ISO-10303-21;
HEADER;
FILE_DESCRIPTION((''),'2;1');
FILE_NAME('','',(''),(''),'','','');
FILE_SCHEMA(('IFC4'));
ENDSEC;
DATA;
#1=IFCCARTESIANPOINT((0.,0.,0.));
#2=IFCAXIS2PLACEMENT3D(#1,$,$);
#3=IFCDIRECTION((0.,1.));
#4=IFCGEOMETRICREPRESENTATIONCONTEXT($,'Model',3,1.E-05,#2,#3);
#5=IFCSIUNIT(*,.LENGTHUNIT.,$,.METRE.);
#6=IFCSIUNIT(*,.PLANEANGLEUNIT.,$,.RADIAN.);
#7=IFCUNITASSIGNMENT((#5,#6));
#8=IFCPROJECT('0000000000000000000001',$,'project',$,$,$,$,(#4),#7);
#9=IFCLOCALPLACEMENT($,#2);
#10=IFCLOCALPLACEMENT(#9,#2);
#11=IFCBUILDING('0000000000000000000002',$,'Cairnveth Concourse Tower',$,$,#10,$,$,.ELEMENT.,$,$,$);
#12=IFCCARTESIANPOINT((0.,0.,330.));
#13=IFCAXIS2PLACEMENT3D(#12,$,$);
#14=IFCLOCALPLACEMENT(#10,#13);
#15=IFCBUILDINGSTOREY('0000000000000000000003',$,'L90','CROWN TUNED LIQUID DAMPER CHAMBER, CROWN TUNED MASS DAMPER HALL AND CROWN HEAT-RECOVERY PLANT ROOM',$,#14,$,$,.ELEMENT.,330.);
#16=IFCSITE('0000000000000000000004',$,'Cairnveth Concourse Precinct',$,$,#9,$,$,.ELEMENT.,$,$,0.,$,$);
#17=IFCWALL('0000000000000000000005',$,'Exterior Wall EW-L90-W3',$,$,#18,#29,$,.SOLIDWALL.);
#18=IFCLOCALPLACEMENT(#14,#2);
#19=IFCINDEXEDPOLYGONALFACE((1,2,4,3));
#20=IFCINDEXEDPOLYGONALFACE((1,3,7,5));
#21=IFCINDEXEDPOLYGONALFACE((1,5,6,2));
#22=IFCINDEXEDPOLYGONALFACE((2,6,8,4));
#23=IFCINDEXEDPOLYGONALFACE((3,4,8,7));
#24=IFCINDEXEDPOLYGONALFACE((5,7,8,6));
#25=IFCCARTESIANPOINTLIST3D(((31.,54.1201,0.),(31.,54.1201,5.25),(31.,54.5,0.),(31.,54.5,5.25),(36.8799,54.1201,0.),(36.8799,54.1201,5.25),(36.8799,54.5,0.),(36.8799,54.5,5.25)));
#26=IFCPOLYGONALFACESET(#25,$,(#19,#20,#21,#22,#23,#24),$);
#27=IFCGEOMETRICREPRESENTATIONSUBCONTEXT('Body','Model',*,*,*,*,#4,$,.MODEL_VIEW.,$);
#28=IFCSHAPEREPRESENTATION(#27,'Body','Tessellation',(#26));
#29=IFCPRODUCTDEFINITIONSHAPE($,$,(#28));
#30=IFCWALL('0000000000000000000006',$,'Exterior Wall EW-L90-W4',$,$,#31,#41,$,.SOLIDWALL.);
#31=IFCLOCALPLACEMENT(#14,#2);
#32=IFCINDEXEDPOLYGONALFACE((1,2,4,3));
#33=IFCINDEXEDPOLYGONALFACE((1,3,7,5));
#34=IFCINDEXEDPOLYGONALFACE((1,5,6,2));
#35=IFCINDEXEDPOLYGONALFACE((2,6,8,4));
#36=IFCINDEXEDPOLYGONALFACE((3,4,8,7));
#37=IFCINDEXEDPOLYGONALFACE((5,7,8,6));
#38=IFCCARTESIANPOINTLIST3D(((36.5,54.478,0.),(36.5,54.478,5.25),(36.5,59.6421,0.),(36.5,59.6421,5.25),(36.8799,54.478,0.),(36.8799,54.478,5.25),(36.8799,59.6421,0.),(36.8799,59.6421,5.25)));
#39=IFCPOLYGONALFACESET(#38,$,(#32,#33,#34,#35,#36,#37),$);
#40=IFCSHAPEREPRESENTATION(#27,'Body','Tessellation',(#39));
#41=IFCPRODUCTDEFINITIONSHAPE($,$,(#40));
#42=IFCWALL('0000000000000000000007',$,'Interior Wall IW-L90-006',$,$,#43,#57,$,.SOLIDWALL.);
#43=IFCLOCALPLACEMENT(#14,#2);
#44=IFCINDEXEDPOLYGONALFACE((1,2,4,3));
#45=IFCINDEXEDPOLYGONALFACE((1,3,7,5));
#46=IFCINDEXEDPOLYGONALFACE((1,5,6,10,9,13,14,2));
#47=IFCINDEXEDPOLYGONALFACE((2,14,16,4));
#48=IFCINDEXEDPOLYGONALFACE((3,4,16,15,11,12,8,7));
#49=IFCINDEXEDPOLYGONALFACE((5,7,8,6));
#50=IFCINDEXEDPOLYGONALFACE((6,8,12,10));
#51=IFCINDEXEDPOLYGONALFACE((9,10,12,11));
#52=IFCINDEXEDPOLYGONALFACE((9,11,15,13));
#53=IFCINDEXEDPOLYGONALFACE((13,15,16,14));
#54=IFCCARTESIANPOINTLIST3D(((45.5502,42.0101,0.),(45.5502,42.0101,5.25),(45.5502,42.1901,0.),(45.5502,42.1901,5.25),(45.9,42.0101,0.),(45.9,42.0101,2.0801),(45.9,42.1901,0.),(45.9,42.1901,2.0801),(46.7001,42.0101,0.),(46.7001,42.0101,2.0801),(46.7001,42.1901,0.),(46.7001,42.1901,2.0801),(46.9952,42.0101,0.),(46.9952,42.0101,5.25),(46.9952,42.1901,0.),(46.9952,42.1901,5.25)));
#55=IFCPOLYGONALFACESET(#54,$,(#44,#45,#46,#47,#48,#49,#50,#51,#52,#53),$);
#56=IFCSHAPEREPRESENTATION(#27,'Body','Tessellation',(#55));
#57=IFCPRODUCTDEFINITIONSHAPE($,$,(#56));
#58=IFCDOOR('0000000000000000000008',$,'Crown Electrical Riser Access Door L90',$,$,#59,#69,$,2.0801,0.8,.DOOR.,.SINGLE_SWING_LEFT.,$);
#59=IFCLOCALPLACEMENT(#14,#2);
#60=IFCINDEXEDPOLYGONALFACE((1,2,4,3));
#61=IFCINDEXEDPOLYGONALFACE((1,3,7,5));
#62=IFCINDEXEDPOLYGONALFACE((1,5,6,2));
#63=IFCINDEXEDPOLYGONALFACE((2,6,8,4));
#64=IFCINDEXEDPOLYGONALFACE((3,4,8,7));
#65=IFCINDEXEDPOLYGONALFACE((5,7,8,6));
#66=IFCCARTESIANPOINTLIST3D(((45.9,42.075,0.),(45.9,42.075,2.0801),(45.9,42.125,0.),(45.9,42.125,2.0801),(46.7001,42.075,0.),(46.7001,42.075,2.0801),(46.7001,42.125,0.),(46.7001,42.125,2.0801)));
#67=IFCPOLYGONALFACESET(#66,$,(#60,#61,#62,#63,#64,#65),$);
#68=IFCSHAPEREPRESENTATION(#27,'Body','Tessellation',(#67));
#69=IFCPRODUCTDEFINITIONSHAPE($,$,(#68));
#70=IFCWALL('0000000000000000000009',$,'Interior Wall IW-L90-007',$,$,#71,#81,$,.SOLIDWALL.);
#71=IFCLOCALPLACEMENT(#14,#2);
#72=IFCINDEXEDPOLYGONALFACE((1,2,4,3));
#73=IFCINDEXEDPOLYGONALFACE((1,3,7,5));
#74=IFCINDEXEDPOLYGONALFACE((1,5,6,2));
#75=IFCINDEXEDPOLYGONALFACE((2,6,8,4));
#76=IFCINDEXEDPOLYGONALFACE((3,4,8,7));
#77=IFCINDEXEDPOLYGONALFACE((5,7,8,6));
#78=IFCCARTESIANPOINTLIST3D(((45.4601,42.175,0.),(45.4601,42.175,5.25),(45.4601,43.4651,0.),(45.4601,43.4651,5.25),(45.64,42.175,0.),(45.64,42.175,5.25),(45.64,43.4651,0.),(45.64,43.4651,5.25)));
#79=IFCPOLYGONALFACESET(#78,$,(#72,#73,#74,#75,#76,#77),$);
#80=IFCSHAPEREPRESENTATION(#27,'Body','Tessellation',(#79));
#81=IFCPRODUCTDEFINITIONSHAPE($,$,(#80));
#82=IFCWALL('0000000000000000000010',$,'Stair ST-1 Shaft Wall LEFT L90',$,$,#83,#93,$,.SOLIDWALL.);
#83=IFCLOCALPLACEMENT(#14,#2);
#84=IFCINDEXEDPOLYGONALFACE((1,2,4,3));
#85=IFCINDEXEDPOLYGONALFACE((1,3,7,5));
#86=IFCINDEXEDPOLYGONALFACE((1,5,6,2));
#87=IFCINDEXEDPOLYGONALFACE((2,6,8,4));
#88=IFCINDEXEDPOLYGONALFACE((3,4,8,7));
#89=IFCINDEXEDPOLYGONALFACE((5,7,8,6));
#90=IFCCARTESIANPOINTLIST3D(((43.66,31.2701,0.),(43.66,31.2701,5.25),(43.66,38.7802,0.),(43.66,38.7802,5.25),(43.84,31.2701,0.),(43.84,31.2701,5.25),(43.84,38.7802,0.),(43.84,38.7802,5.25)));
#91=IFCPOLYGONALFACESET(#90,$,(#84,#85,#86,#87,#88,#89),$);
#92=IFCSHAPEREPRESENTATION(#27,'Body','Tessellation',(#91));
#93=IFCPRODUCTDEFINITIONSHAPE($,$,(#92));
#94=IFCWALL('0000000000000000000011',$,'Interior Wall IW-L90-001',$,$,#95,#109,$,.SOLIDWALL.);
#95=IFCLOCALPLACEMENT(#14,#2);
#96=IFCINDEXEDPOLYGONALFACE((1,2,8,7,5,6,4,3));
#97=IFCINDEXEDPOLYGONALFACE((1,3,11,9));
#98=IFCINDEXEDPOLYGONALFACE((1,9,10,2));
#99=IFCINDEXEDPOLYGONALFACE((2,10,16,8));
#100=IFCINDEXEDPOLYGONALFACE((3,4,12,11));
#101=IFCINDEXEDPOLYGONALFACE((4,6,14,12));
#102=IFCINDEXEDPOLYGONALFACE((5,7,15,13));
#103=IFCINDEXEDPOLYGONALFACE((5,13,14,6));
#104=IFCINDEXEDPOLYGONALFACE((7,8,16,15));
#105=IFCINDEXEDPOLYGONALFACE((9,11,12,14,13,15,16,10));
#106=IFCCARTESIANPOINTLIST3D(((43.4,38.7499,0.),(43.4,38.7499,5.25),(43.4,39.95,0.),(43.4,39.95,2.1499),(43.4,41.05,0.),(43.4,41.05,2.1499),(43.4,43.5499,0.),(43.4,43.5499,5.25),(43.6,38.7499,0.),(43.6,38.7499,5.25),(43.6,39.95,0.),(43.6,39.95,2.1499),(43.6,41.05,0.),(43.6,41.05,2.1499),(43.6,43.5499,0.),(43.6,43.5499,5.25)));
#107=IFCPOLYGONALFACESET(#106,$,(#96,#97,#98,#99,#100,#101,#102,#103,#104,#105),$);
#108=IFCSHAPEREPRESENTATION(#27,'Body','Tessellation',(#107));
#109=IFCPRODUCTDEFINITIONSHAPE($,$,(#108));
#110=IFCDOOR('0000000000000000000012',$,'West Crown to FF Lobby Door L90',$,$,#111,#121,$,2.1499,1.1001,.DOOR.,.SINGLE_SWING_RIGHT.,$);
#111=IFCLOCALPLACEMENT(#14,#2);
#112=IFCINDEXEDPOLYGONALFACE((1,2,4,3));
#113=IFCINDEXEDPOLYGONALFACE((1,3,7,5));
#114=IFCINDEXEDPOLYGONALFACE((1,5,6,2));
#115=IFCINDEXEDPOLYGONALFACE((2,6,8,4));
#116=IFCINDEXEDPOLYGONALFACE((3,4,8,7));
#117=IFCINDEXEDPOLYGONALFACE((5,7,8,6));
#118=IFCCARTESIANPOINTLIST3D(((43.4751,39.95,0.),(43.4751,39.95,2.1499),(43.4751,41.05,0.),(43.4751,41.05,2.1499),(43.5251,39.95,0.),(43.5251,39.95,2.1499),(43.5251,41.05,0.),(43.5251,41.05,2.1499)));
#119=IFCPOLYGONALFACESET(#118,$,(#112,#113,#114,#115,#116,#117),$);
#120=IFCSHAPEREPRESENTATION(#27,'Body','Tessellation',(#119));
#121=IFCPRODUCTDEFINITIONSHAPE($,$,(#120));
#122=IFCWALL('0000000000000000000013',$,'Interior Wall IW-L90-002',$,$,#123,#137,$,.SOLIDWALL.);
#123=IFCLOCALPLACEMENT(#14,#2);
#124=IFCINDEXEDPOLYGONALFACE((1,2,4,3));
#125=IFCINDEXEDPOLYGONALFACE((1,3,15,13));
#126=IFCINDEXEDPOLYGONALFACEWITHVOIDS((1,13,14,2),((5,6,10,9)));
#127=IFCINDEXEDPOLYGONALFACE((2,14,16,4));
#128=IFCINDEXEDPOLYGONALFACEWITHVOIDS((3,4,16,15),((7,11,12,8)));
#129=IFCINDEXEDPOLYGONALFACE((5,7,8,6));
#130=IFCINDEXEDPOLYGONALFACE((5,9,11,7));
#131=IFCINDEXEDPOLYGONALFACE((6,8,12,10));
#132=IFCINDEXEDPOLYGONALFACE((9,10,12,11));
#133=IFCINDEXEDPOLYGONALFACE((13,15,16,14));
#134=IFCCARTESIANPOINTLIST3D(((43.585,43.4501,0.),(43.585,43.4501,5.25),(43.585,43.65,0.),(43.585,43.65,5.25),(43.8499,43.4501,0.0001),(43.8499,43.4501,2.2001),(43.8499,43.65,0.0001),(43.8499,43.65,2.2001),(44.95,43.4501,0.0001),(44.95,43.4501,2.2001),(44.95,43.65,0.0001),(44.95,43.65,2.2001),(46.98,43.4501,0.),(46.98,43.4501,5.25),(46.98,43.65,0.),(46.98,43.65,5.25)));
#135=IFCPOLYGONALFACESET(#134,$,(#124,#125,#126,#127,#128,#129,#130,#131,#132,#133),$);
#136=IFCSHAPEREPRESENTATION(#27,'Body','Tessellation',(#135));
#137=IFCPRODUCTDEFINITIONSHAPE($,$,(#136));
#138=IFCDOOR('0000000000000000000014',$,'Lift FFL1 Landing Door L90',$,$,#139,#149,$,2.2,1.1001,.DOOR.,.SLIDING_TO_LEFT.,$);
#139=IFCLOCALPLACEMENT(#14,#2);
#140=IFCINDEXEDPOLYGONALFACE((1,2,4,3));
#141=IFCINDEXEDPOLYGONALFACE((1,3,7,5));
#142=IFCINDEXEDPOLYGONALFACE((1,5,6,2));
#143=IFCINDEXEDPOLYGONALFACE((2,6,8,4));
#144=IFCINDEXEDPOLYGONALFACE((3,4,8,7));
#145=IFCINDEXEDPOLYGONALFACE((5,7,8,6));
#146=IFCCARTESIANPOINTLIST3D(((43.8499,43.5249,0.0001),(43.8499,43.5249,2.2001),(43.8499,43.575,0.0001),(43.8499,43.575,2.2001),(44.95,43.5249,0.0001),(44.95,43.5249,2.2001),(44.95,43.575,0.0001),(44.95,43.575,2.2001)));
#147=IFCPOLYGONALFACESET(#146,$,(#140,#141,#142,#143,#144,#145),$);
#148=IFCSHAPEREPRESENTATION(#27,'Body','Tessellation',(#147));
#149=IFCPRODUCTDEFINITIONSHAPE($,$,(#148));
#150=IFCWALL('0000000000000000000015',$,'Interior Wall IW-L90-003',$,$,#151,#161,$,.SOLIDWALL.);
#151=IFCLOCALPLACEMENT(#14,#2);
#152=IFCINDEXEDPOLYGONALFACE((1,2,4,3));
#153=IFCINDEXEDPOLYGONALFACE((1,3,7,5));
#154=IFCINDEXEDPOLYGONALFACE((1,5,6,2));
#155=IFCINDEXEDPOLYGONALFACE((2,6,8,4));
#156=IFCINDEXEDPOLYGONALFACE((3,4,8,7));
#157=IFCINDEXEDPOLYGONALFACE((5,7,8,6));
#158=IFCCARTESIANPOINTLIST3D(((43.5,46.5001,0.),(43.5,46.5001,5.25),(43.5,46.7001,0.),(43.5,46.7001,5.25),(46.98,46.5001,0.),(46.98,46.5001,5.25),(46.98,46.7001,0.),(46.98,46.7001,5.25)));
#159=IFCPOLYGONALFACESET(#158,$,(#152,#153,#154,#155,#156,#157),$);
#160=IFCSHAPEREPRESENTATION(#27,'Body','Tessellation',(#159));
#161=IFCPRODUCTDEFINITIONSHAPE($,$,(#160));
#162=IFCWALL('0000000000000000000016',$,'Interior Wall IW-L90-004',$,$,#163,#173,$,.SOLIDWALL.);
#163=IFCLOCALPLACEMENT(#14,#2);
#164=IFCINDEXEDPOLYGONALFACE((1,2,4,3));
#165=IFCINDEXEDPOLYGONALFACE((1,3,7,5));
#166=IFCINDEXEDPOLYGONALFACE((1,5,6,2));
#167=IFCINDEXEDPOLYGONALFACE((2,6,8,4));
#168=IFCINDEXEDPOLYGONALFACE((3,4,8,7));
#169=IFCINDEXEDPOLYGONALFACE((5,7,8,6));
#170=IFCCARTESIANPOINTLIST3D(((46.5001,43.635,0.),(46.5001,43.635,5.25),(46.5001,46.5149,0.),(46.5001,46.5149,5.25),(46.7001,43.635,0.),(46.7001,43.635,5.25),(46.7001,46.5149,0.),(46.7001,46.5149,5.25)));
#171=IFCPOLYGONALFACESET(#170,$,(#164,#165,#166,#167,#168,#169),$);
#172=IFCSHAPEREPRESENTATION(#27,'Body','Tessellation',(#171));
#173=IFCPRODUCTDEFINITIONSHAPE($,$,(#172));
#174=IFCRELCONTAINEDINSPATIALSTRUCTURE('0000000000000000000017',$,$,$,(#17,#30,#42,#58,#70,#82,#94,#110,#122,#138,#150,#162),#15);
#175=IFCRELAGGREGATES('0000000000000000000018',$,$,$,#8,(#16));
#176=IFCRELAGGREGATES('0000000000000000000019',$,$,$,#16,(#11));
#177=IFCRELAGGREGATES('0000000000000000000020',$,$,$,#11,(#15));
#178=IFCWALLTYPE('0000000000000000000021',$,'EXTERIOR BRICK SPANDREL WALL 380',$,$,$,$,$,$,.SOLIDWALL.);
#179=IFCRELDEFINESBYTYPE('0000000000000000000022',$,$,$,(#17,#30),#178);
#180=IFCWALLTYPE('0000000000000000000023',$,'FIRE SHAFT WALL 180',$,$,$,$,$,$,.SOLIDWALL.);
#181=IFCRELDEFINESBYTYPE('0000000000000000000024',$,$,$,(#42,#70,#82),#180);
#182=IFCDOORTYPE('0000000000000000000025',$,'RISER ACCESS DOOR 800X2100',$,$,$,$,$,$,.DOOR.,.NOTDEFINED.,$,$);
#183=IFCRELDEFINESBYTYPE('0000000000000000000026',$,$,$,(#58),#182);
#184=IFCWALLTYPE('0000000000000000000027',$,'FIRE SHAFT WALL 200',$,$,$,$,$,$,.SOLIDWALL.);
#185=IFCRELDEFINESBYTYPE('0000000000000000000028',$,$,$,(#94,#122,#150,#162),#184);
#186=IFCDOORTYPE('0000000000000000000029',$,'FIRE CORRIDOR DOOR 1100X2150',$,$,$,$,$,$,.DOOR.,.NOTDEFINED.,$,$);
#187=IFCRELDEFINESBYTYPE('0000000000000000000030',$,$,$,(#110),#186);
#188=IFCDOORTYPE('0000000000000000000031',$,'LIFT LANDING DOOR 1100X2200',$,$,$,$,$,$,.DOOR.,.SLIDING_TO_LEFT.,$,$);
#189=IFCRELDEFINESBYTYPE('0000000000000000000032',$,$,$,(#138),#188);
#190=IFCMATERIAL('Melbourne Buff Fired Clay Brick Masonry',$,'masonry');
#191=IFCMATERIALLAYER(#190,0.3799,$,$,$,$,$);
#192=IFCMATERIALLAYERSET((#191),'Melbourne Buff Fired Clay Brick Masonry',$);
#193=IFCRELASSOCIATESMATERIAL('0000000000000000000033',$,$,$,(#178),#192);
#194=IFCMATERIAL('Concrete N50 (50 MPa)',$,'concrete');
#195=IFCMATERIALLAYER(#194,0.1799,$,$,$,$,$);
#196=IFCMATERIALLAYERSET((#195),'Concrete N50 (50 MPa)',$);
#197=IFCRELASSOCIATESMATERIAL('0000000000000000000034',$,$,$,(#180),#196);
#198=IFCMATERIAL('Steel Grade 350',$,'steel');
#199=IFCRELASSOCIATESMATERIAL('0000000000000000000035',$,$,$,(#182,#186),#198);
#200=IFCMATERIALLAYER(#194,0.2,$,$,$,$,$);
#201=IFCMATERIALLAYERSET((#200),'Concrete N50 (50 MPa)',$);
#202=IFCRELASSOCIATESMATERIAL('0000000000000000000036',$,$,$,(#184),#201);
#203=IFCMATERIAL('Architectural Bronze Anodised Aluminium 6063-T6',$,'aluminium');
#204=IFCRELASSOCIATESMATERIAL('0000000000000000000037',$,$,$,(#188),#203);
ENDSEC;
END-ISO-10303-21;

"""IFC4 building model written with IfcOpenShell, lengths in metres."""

from ifc_helpers import new_model, si_unit, direction, frame, frame_2d, origin, place, context, subcontext, project, spatial, rectangle, extrude, material, layer, layer_set, type_object, element, fill, save


model = new_model("IFC4")

# Units and contexts
model_context = context("Model", 3, precision=1e-05, world=origin(), true_north=direction((0.0, 1.0)))
body_context = subcontext(model_context, "Body", "Model", "MODEL_VIEW")
ifc_project = project(units=[si_unit("LENGTHUNIT", "METRE"), si_unit("PLANEANGLEUNIT", "RADIAN")], contexts=[model_context])

# Site, building, storey
site_placement = place(None, origin())
site = spatial("IfcSite", under=ifc_project, at=site_placement, Name="Cairnveth Concourse Precinct", CompositionType="ELEMENT", RefElevation=0.0)
building_placement = place(site_placement, origin())
building = spatial("IfcBuilding", under=site, at=building_placement, Name="Cairnveth Concourse Tower", CompositionType="ELEMENT")
storey_placement = place(building_placement, frame((0.0, 0.0, 330.0)))
storey = spatial("IfcBuildingStorey", under=building, at=storey_placement, Name="L90", Description="CROWN TUNED LIQUID DAMPER CHAMBER, CROWN TUNED MASS DAMPER HALL AND CROWN HEAT-RECOVERY PLANT ROOM", CompositionType="ELEMENT", Elevation=330.0)

# Shared definitions
ifc_material_1 = material(Name="Steel Grade 350", Category="steel")

# Walls
ifc_material_2 = material(Name="Melbourne Buff Fired Clay Brick Masonry", Category="masonry")
ifc_layer_1 = layer(ifc_material_2, 0.3799)
ifc_layer_set_1 = layer_set([ifc_layer_1], Name="Melbourne Buff Fired Clay Brick Masonry")
wall_type_1 = type_object("IfcWallType", Name="EXTERIOR BRICK SPANDREL WALL 380", PredefinedType="SOLIDWALL", material=ifc_layer_set_1)
wall_1_placement = place(storey_placement, frame((31.0, 54.3101, 0.0), z_axis=(0.0, 0.0, 1.0), x_axis=(1.0, 0.0, 0.0)))
element("IfcWall", 1, at=wall_1_placement, inside=storey, type_object=wall_type_1, Name="Exterior Wall EW-L90-W3", PredefinedType="SOLIDWALL", context=body_context, shape_type="SweptSolid", body=[
    extrude(rectangle(XDim=5.8799, YDim=0.3799, at=frame_2d((2.9399, 0.0))), origin(), (0.0, 0.0, 1.0), 5.25),
])
wall_2_placement = place(storey_placement, frame((36.6899, 54.478, 0.0), z_axis=(0.0, 0.0, 1.0), x_axis=(0.0, 1.0, 0.0)))
element("IfcWall", 2, at=wall_2_placement, inside=storey, type_object=wall_type_1, Name="Exterior Wall EW-L90-W4", PredefinedType="SOLIDWALL", context=body_context, shape_type="SweptSolid", body=[
    extrude(rectangle(XDim=5.1641, YDim=0.3799, at=frame_2d((2.582, 0.0))), origin(), (0.0, 0.0, 1.0), 5.25),
])

# Wall, opening, door
ifc_material_3 = material(Name="Concrete N50 (50 MPa)", Category="concrete")
ifc_layer_2 = layer(ifc_material_3, 0.1799)
ifc_layer_set_2 = layer_set([ifc_layer_2], Name="Concrete N50 (50 MPa)")
wall_type_2 = type_object("IfcWallType", Name="FIRE SHAFT WALL 180", PredefinedType="SOLIDWALL", material=ifc_layer_set_2)
wall_3_placement = place(storey_placement, frame((45.55, 42.1001, 0.0), z_axis=(0.0, 0.0, 1.0), x_axis=(1.0, 0.0, 0.0)))
wall_3 = element("IfcWall", 3, at=wall_3_placement, inside=storey, type_object=wall_type_2, Name="Interior Wall IW-L90-006", PredefinedType="SOLIDWALL", context=body_context, shape_type="SweptSolid", body=[
    extrude(rectangle(XDim=1.4451, YDim=0.1799, at=frame_2d((0.7227, 0.0))), origin(), (0.0, 0.0, 1.0), 5.25),
])
opening_1_placement = place(wall_3_placement, frame((0.3501, 0.0, 0.0)))
opening_1 = element("IfcOpeningElement", 4, at=opening_1_placement, cuts=wall_3, PredefinedType="OPENING", context=body_context, shape_type="SweptSolid", body=[
    extrude(rectangle(XDim=0.8, YDim=2.0801, at=frame_2d((0.3999, 1.04))), frame((0.0, 0.0999, 0.0), z_axis=(0.0, -1.0, 0.0), x_axis=(1.0, 0.0, 0.0)), (0.0, 0.0, 1.0), 0.2),
])
door_type_1 = type_object("IfcDoorType", Name="RISER ACCESS DOOR 800X2100", OperationType="NOTDEFINED", PredefinedType="DOOR", material=ifc_material_1)
door_1_placement = place(opening_1_placement, origin())
door_1 = element("IfcDoor", 5, at=door_1_placement, inside=storey, type_object=door_type_1, Name="Crown Electrical Riser Access Door L90", OperationType="SINGLE_SWING_LEFT", OverallHeight=2.0801, OverallWidth=0.8, PredefinedType="DOOR", context=body_context, shape_type="SweptSolid", body=[
    extrude(rectangle(XDim=0.8, YDim=2.0801, at=frame_2d((0.3999, 1.04))), frame((0.0, 0.0249, 0.0), z_axis=(0.0, -1.0, 0.0), x_axis=(1.0, 0.0, 0.0)), (0.0, 0.0, 1.0), 0.05),
])
fill(opening_1, door_1)

# Walls
wall_4_placement = place(storey_placement, frame((45.55, 42.175, 0.0), z_axis=(0.0, 0.0, 1.0), x_axis=(0.0, 1.0, 0.0)))
element("IfcWall", 6, at=wall_4_placement, inside=storey, type_object=wall_type_2, Name="Interior Wall IW-L90-007", PredefinedType="SOLIDWALL", context=body_context, shape_type="SweptSolid", body=[
    extrude(rectangle(XDim=1.29, YDim=0.1799, at=frame_2d((0.645, 0.0))), origin(), (0.0, 0.0, 1.0), 5.25),
])
wall_5_placement = place(storey_placement, frame((43.75, 38.78, 0.0), z_axis=(0.0, 0.0, 1.0), x_axis=(0.0, -1.0, 0.0)))
element("IfcWall", 7, at=wall_5_placement, inside=storey, type_object=wall_type_2, Name="Stair ST-1 Shaft Wall LEFT L90", PredefinedType="SOLIDWALL", context=body_context, shape_type="SweptSolid", body=[
    extrude(rectangle(XDim=7.51, YDim=0.1799, at=frame_2d((3.7549, 0.0))), origin(), (0.0, 0.0, 1.0), 5.25),
])

# Walls, openings, doors
ifc_layer_3 = layer(ifc_material_3, 0.2)
ifc_layer_set_3 = layer_set([ifc_layer_3], Name="Concrete N50 (50 MPa)")
wall_type_3 = type_object("IfcWallType", Name="FIRE SHAFT WALL 200", PredefinedType="SOLIDWALL", material=ifc_layer_set_3)
wall_6_placement = place(storey_placement, frame((43.5, 38.75, 0.0), z_axis=(0.0, 0.0, 1.0), x_axis=(0.0, 1.0, 0.0)))
wall_6 = element("IfcWall", 8, at=wall_6_placement, inside=storey, type_object=wall_type_3, Name="Interior Wall IW-L90-001", PredefinedType="SOLIDWALL", context=body_context, shape_type="SweptSolid", body=[
    extrude(rectangle(XDim=4.8, YDim=0.2, at=frame_2d((2.3999, 0.0))), origin(), (0.0, 0.0, 1.0), 5.25),
])
opening_2_placement = place(wall_6_placement, frame((1.2, 0.0, 0.0)))
opening_2 = element("IfcOpeningElement", 9, at=opening_2_placement, cuts=wall_6, PredefinedType="OPENING", context=body_context, shape_type="SweptSolid", body=[
    extrude(rectangle(XDim=1.1001, YDim=2.1499, at=frame_2d((0.55, 1.075))), frame((0.0, 0.1099, 0.0), z_axis=(0.0, -1.0, 0.0), x_axis=(1.0, 0.0, 0.0)), (0.0, 0.0, 1.0), 0.22),
])
door_type_2 = type_object("IfcDoorType", Name="FIRE CORRIDOR DOOR 1100X2150", OperationType="NOTDEFINED", PredefinedType="DOOR", material=ifc_material_1)
door_2_placement = place(opening_2_placement, origin())
door_2 = element("IfcDoor", 10, at=door_2_placement, inside=storey, type_object=door_type_2, Name="West Crown to FF Lobby Door L90", OperationType="SINGLE_SWING_RIGHT", OverallHeight=2.1499, OverallWidth=1.1001, PredefinedType="DOOR", context=body_context, shape_type="SweptSolid", body=[
    extrude(rectangle(XDim=1.1001, YDim=2.1499, at=frame_2d((0.55, 1.075))), frame((0.0, 0.0249, 0.0), z_axis=(0.0, -1.0, 0.0), x_axis=(1.0, 0.0, 0.0)), (0.0, 0.0, 1.0), 0.05),
])
fill(opening_2, door_2)
wall_7_placement = place(storey_placement, frame((43.585, 43.55, 0.0), z_axis=(0.0, 0.0, 1.0), x_axis=(1.0, 0.0, 0.0)))
wall_7 = element("IfcWall", 11, at=wall_7_placement, inside=storey, type_object=wall_type_3, Name="Interior Wall IW-L90-002", PredefinedType="SOLIDWALL", context=body_context, shape_type="SweptSolid", body=[
    extrude(rectangle(XDim=3.395, YDim=0.2, at=frame_2d((1.6975, 0.0))), origin(), (0.0, 0.0, 1.0), 5.25),
])
opening_3_placement = place(wall_7_placement, frame((0.2649, 0.0, 0.0)))
opening_3 = element("IfcOpeningElement", 12, at=opening_3_placement, cuts=wall_7, PredefinedType="OPENING", context=body_context, shape_type="SweptSolid", body=[
    extrude(rectangle(XDim=1.1001, YDim=2.2, at=frame_2d((0.55, 1.1001))), frame((0.0, 0.1099, 0.0), z_axis=(0.0, -1.0, 0.0), x_axis=(1.0, 0.0, 0.0)), (0.0, 0.0, 1.0), 0.22),
])
ifc_material_4 = material(Name="Architectural Bronze Anodised Aluminium 6063-T6", Category="aluminium")
door_type_3 = type_object("IfcDoorType", Name="LIFT LANDING DOOR 1100X2200", OperationType="SLIDING_TO_LEFT", PredefinedType="DOOR", material=ifc_material_4)
door_3_placement = place(opening_3_placement, origin())
door_3 = element("IfcDoor", 13, at=door_3_placement, inside=storey, type_object=door_type_3, Name="Lift FFL1 Landing Door L90", OperationType="SLIDING_TO_LEFT", OverallHeight=2.2, OverallWidth=1.1001, PredefinedType="DOOR", context=body_context, shape_type="SweptSolid", body=[
    extrude(rectangle(XDim=1.1001, YDim=2.2, at=frame_2d((0.55, 1.1001))), frame((0.0, 0.0249, 0.0), z_axis=(0.0, -1.0, 0.0), x_axis=(1.0, 0.0, 0.0)), (0.0, 0.0, 1.0), 0.05),
])
fill(opening_3, door_3)

# Walls
wall_8_placement = place(storey_placement, frame((43.5, 46.6001, 0.0), z_axis=(0.0, 0.0, 1.0), x_axis=(1.0, 0.0, 0.0)))
element("IfcWall", 14, at=wall_8_placement, inside=storey, type_object=wall_type_3, Name="Interior Wall IW-L90-003", PredefinedType="SOLIDWALL", context=body_context, shape_type="SweptSolid", body=[
    extrude(rectangle(XDim=3.48, YDim=0.2, at=frame_2d((1.74, 0.0))), origin(), (0.0, 0.0, 1.0), 5.25),
])
for number, where, z_axis, x_axis, name in (
    (15, (46.6001, 43.635, 0.0), (0.0, 0.0, 1.0), (0.0, 1.0, 0.0), "Interior Wall IW-L90-004"),
):
    element("IfcWall", number, at=place(storey_placement, frame(where, z_axis=z_axis, x_axis=x_axis)), inside=storey, type_object=wall_type_3, Name=name, PredefinedType="SOLIDWALL", context=body_context, shape_type="SweptSolid", body=[
        extrude(rectangle(XDim=2.8799, YDim=0.2, at=frame_2d((1.4399, 0.0))), origin(), (0.0, 0.0, 1.0), 5.25),
    ])

save(model, "model.ifc")
